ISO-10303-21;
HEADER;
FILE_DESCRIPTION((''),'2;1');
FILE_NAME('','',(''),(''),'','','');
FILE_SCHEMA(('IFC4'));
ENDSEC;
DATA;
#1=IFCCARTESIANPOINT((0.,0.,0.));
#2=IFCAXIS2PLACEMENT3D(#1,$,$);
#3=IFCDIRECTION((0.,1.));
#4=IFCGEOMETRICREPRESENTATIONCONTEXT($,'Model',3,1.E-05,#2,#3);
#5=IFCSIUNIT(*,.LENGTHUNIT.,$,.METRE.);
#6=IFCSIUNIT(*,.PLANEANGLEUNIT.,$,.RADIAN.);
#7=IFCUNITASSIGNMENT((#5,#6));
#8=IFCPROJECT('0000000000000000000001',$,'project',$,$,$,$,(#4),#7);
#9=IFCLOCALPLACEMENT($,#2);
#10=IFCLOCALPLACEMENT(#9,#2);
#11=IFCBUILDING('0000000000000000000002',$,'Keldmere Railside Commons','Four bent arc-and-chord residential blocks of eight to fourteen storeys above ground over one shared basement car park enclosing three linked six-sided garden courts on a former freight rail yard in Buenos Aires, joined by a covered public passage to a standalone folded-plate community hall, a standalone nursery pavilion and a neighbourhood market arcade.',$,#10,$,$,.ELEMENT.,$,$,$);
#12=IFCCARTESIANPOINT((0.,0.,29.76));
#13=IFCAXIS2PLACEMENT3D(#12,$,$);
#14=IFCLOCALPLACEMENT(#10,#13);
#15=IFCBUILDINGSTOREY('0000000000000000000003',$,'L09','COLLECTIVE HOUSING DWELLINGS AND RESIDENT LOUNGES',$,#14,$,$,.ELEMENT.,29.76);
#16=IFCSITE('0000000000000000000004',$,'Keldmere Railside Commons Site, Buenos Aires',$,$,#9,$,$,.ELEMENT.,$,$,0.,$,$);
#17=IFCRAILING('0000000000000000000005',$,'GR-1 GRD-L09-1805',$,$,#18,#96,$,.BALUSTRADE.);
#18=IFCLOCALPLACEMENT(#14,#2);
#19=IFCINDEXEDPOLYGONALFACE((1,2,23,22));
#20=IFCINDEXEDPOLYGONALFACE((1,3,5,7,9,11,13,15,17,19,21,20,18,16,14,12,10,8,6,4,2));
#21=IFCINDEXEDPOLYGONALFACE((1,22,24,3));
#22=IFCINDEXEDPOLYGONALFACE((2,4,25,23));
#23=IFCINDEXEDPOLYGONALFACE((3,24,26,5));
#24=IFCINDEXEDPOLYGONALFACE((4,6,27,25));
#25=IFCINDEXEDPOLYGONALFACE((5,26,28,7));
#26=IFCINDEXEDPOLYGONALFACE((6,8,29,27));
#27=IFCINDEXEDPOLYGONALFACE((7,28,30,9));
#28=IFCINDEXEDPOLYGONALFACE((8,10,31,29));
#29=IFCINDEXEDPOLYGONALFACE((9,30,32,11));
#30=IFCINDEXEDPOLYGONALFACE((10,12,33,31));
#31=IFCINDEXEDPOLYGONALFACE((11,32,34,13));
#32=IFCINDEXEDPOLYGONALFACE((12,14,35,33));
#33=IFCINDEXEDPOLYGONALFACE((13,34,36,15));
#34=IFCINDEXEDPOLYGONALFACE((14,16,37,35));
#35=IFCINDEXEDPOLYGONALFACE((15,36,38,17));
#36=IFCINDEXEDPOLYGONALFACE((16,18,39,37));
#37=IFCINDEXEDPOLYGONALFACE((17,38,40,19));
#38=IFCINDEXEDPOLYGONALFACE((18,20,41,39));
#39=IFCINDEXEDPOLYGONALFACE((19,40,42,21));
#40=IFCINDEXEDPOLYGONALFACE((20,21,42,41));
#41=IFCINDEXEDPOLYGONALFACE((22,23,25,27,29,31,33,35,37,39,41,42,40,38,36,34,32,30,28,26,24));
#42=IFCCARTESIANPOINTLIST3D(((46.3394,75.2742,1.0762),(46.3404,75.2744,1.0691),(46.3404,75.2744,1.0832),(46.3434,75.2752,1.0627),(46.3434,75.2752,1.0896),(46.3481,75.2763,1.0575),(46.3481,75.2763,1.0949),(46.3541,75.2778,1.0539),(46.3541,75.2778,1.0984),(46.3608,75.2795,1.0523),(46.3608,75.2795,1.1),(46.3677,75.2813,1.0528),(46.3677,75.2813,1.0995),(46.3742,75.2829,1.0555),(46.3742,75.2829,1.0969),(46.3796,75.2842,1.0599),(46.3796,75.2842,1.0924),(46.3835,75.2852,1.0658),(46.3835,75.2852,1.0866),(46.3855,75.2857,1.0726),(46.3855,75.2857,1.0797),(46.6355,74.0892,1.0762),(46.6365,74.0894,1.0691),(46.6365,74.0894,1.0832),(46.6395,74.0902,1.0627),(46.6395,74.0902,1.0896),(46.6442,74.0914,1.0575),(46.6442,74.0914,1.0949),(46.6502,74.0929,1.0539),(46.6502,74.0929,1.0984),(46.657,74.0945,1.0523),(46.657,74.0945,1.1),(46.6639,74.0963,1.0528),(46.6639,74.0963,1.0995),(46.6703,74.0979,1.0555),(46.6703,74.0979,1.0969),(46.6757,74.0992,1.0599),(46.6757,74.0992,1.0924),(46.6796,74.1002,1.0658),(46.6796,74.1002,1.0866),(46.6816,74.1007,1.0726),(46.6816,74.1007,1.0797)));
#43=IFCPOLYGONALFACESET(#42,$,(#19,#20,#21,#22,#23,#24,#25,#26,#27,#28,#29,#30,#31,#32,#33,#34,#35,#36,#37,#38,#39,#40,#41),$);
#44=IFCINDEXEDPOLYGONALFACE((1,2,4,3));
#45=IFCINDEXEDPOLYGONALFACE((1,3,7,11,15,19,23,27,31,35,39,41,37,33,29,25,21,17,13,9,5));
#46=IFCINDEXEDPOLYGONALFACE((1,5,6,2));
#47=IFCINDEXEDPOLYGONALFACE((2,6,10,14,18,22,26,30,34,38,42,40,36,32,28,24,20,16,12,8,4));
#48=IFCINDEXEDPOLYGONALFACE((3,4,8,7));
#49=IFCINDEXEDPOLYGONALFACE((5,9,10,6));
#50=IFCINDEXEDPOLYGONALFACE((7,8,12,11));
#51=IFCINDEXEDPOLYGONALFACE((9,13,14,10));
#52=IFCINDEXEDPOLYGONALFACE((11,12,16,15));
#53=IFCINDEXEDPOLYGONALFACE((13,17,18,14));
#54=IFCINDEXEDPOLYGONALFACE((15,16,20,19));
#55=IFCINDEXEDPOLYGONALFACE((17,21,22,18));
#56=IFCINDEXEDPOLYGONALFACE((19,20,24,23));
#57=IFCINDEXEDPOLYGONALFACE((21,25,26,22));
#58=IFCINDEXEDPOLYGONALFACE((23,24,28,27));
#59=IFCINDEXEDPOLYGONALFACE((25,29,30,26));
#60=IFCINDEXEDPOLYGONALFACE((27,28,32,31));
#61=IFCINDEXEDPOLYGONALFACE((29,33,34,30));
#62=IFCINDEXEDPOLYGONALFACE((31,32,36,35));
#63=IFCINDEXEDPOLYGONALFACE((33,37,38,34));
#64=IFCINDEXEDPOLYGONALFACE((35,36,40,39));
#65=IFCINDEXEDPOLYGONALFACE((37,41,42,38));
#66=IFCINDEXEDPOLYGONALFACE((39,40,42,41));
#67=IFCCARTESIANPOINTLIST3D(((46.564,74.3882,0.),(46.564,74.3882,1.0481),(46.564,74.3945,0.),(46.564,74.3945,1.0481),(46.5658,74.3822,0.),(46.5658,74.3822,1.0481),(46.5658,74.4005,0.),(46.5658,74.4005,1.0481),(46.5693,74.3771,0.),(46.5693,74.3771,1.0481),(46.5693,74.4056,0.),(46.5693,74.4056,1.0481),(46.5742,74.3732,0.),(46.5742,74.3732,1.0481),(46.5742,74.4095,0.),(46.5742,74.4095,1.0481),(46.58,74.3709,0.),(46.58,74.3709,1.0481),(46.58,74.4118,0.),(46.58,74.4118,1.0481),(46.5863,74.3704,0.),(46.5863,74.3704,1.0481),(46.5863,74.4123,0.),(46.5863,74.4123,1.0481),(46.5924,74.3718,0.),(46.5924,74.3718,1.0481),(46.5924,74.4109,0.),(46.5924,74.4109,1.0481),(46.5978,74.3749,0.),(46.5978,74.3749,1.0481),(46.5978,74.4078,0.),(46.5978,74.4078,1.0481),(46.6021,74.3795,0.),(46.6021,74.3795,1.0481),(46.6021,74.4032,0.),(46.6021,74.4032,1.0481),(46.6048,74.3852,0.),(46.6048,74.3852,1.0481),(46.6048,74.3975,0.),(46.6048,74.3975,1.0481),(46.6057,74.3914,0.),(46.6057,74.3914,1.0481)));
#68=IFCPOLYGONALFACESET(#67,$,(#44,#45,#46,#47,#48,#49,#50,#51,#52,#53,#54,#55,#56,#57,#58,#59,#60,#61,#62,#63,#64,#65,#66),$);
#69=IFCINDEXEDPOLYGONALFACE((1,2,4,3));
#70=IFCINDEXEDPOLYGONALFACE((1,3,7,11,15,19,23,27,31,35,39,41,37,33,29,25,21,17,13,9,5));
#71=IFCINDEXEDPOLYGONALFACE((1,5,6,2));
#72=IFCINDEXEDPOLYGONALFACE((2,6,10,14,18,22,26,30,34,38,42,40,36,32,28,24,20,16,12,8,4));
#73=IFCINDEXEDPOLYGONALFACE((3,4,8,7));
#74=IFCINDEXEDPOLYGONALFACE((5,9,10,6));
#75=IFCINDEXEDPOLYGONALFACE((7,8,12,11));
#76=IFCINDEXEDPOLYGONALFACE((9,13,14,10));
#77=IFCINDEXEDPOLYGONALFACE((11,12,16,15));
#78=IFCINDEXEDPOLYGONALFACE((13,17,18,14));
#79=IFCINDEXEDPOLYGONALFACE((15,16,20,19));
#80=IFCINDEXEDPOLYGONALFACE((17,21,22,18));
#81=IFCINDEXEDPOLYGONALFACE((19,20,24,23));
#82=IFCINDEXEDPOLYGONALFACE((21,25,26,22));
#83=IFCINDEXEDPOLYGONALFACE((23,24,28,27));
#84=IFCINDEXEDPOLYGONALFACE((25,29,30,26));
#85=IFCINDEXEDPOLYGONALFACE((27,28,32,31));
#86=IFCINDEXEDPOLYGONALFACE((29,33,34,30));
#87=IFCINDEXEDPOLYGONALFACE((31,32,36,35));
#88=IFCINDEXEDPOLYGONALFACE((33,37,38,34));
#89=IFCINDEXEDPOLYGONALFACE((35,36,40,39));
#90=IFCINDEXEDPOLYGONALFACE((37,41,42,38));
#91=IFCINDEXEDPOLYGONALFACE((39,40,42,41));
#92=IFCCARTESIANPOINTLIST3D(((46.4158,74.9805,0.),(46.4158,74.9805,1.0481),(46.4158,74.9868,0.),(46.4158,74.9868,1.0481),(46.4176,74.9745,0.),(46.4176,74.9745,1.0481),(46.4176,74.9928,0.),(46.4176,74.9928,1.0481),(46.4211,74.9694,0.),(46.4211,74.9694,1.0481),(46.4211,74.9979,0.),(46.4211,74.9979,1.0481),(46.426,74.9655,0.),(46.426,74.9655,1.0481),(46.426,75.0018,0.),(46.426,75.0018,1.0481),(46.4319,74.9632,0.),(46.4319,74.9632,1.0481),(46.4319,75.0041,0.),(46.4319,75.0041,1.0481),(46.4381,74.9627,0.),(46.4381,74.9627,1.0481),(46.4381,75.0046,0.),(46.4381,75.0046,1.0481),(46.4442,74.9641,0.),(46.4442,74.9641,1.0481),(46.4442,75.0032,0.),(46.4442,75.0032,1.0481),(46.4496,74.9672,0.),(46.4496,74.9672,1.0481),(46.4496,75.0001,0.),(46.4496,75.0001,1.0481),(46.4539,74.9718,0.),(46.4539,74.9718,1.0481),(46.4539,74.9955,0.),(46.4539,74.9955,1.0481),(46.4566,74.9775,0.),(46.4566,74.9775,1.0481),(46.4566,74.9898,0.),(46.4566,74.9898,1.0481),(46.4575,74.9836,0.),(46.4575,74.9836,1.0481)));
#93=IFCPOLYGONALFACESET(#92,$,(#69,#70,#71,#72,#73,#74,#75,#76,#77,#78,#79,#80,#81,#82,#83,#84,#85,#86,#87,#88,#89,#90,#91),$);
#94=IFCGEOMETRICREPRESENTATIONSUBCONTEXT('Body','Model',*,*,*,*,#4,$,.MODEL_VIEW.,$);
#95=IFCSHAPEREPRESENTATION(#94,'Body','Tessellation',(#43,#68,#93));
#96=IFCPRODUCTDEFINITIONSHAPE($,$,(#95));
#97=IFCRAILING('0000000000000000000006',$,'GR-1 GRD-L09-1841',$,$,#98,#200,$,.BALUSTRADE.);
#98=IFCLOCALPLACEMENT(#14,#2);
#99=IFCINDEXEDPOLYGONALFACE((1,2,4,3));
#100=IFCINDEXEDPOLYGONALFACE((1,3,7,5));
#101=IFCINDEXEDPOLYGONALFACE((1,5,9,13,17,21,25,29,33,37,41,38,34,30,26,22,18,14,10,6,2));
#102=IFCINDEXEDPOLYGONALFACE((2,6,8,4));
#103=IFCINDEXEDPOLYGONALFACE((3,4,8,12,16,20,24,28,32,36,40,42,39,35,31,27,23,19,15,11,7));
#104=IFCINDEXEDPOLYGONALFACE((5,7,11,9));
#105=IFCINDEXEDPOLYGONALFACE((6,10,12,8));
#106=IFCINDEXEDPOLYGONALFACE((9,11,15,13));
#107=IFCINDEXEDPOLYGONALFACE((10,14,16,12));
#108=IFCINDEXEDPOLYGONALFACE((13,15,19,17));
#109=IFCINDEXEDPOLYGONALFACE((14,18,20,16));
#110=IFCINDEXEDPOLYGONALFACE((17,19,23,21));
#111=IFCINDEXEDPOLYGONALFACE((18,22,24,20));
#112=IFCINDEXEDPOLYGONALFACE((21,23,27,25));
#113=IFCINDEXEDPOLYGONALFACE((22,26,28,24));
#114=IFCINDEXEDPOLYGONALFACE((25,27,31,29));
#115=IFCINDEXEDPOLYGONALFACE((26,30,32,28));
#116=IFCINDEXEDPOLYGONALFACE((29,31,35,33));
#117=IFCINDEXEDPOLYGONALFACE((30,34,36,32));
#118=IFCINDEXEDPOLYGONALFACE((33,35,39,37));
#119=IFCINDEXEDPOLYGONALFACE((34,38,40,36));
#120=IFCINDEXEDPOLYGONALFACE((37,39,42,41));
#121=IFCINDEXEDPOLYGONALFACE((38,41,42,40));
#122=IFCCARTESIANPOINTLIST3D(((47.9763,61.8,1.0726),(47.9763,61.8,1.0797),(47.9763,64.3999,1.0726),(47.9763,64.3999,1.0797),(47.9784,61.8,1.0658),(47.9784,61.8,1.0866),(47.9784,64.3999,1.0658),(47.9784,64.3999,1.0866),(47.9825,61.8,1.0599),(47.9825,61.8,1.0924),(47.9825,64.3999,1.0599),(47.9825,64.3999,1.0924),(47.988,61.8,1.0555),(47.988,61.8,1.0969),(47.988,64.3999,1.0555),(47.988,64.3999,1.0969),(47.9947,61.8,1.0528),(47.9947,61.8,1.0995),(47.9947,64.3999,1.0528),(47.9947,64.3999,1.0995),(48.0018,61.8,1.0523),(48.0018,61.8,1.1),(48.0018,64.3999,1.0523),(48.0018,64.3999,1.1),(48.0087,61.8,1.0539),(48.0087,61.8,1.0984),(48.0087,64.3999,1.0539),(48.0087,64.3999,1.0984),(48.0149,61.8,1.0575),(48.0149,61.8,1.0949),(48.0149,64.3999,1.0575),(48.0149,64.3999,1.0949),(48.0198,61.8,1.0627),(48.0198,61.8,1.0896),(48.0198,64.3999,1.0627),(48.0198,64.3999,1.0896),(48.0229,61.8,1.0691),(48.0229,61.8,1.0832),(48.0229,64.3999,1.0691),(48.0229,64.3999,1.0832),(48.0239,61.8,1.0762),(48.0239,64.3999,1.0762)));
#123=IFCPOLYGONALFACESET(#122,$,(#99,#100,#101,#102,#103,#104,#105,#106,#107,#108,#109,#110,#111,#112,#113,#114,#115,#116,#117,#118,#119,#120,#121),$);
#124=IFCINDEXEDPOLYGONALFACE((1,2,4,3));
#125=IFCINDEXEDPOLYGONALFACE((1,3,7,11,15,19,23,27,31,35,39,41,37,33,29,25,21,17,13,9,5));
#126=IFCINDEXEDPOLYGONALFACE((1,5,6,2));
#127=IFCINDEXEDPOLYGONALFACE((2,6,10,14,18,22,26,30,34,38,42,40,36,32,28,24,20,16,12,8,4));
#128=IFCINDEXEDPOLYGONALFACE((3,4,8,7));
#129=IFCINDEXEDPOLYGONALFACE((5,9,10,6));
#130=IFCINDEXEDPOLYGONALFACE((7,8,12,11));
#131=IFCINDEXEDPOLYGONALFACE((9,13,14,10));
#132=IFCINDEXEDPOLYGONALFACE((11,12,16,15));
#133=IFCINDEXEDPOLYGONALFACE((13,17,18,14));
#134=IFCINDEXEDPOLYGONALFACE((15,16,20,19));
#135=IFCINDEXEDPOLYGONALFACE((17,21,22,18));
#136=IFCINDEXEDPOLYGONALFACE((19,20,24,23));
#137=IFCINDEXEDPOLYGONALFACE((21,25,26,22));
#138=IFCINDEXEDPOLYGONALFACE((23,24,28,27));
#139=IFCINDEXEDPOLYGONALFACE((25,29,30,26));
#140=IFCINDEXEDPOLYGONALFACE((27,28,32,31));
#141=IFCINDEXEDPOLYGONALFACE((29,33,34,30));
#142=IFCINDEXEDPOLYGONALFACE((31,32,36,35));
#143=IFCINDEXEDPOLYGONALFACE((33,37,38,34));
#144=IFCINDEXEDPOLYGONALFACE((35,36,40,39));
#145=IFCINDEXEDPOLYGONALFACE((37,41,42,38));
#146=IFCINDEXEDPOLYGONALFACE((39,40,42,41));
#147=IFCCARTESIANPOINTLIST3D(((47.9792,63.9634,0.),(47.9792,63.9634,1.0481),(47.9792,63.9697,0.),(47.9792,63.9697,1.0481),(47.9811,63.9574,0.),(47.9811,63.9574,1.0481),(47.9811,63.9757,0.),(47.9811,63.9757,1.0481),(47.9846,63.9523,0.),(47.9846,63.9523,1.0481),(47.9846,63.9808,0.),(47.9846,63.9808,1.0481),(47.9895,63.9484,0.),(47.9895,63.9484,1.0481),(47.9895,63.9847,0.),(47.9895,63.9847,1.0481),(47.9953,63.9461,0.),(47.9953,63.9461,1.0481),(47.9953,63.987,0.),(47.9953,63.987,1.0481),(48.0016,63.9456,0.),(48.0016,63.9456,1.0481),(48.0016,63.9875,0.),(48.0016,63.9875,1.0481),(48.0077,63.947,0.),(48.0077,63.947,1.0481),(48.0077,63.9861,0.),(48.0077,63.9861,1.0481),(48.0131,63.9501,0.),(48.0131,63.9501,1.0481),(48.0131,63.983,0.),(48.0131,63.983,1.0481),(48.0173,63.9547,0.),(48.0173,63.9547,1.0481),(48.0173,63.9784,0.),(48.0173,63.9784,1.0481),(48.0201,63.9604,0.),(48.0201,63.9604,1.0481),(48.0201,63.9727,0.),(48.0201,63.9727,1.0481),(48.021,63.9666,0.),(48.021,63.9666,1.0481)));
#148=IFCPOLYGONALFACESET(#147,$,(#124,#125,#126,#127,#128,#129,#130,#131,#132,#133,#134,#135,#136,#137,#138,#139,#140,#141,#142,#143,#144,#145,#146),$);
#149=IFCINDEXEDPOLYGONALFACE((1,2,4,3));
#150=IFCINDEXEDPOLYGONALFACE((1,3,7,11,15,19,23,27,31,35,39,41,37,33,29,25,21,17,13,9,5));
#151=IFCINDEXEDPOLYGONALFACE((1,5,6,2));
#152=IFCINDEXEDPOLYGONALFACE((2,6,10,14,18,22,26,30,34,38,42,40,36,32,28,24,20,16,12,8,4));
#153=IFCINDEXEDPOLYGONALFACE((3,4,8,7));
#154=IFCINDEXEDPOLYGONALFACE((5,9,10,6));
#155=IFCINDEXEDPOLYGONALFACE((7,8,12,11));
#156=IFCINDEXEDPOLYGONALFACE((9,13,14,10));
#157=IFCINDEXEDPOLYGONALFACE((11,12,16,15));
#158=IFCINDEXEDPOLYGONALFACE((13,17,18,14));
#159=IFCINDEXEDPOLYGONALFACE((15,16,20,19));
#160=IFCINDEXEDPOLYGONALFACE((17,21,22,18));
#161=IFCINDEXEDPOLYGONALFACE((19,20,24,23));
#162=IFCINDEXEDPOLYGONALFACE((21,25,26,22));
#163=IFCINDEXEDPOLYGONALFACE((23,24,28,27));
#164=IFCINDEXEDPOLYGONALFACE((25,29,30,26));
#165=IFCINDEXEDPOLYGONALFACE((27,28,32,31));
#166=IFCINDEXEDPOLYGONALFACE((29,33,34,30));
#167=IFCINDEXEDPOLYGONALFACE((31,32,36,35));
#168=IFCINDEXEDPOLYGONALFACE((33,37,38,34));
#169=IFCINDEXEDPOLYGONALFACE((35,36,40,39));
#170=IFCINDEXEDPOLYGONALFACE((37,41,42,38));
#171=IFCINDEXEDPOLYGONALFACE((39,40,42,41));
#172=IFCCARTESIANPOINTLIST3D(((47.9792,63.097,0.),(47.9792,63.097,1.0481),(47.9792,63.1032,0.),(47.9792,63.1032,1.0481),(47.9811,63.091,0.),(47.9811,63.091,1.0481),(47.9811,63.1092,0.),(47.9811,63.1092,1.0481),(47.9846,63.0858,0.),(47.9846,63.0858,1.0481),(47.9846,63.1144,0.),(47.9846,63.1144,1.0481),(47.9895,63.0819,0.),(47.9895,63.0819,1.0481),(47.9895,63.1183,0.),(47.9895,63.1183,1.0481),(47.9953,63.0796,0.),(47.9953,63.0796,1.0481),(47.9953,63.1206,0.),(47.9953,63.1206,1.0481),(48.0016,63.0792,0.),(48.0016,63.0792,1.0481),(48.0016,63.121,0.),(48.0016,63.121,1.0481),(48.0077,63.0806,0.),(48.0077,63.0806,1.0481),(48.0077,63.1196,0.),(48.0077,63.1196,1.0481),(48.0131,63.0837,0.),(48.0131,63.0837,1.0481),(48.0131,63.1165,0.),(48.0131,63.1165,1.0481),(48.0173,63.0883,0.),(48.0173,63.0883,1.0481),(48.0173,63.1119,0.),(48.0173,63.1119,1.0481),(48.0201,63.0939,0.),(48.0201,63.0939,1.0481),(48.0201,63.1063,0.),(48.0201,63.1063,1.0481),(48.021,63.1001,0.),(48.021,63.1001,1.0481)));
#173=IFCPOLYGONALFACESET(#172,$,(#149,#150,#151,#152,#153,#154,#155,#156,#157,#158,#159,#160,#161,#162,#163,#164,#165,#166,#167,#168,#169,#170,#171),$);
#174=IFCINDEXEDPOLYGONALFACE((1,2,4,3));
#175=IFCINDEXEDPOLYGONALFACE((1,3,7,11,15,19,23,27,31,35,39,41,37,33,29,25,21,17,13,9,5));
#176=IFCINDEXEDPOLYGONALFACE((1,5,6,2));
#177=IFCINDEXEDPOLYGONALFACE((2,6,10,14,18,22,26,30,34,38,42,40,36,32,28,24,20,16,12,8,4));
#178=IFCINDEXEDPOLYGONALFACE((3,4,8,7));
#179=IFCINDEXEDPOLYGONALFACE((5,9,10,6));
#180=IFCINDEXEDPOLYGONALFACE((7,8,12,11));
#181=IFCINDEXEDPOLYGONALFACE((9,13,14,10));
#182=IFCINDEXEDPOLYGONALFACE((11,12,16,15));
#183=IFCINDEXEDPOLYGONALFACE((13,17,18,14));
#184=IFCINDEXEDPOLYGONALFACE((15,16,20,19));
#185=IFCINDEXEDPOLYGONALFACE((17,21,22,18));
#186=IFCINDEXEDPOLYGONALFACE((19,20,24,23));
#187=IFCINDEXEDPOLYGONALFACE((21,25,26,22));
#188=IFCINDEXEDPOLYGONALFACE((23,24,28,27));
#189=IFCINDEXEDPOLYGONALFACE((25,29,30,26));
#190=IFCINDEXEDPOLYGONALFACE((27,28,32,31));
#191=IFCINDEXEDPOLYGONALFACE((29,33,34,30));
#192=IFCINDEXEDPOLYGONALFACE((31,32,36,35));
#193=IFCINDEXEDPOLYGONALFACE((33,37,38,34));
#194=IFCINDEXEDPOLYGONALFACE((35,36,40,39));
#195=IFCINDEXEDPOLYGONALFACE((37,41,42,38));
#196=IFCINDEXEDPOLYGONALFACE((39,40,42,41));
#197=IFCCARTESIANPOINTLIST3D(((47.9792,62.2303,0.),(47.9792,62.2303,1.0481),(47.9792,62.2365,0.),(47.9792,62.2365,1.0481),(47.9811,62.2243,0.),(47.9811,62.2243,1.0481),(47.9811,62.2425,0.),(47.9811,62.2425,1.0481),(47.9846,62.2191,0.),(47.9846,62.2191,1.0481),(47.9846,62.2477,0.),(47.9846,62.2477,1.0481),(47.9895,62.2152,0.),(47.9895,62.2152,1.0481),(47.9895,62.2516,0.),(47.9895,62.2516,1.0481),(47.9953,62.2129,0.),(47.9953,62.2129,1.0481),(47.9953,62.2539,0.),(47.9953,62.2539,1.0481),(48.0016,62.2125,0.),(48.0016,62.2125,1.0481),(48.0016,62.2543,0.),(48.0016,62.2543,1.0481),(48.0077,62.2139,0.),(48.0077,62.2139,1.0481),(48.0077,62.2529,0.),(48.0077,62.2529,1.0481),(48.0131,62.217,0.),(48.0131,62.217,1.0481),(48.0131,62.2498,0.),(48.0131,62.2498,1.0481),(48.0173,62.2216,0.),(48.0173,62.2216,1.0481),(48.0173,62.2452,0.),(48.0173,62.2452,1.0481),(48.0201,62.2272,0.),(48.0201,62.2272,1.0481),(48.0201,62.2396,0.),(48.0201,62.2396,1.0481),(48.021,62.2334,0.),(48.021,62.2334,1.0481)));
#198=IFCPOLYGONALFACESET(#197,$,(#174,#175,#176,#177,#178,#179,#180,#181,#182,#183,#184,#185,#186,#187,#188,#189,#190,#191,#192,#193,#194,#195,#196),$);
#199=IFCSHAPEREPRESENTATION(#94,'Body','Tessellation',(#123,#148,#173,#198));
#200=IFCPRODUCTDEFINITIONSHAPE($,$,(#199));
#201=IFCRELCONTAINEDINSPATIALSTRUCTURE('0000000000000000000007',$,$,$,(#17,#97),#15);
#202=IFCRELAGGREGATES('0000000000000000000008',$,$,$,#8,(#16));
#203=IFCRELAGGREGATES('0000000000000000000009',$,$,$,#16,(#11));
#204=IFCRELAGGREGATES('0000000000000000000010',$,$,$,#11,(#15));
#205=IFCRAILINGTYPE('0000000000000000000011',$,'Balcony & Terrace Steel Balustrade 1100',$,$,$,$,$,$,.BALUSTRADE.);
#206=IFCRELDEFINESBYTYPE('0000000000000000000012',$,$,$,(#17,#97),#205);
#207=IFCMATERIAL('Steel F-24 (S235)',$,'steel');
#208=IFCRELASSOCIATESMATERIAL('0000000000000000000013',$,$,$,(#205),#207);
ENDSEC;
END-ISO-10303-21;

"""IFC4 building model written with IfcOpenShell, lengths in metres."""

from ifc_helpers import new_model, si_unit, direction, frame, origin, origin_2d, place, context, subcontext, project, spatial, circle, extrude, material, type_object, element, save


model = new_model("IFC4")

# Units and contexts
model_context = context("Model", 3, precision=1e-05, world=origin(), true_north=direction((0.0, 1.0)))
body_context = subcontext(model_context, "Body", "Model", "MODEL_VIEW")
ifc_project = project(units=[si_unit("LENGTHUNIT", "METRE"), si_unit("PLANEANGLEUNIT", "RADIAN")], contexts=[model_context])

# Site, building, storey
site_placement = place(None, origin())
site = spatial("IfcSite", under=ifc_project, at=site_placement, Name="Keldmere Railside Commons Site, Buenos Aires", CompositionType="ELEMENT", RefElevation=0.0)
building_placement = place(site_placement, origin())
building = spatial("IfcBuilding", under=site, at=building_placement, Name="Keldmere Railside Commons", Description="Four bent arc-and-chord residential blocks of eight to fourteen storeys above ground over one shared basement car park enclosing three linked six-sided garden courts on a former freight rail yard in Buenos Aires, joined by a covered public passage to a standalone folded-plate community hall, a standalone nursery pavilion and a neighbourhood market arcade.", CompositionType="ELEMENT")
storey_placement = place(building_placement, frame((0.0, 0.0, 29.76)))
storey = spatial("IfcBuildingStorey", under=building, at=storey_placement, Name="L09", Description="COLLECTIVE HOUSING DWELLINGS AND RESIDENT LOUNGES", CompositionType="ELEMENT", Elevation=29.76)

# Railings
ifc_material_1 = material(Name="Steel F-24 (S235)", Category="steel")
railing_type_1 = type_object("IfcRailingType", Name="Balcony & Terrace Steel Balustrade 1100", PredefinedType="BALUSTRADE", material=ifc_material_1)
railing_1_placement = place(storey_placement, frame((46.6587, 74.095, 0.0)))
element("IfcRailing", 1, at=railing_1_placement, inside=storey, type_object=railing_type_1, Name="GR-1 GRD-L09-1805", PredefinedType="BALUSTRADE", context=body_context, shape_type="SweptSolid", body=[
    extrude(circle(Radius=0.0239, at=origin_2d()), frame((0.0, 0.0, 1.0762), z_axis=(-0.242442, 0.970166, 0.0), x_axis=(-0.970166, -0.242442, 0.0)), (0.0, 0.0, 1.0), 1.2214),
    extrude(circle(Radius=0.021, at=origin_2d()), frame((-0.074, 0.2964, 0.0)), (0.0, 0.0, 1.0), 1.0481),
    extrude(circle(Radius=0.021, at=origin_2d()), frame((-0.2222, 0.8887, 0.0)), (0.0, 0.0, 1.0), 1.0481),
])
railing_2_placement = place(storey_placement, frame((48.0, 64.3999, 0.0)))
element("IfcRailing", 2, at=railing_2_placement, inside=storey, type_object=railing_type_1, Name="GR-1 GRD-L09-1841", PredefinedType="BALUSTRADE", context=body_context, shape_type="SweptSolid", body=[
    extrude(circle(Radius=0.0239, at=origin_2d()), frame((0.0, 0.0, 1.0762), z_axis=(0.0, -1.0, 0.0), x_axis=(1.0, 0.0, 0.0)), (0.0, 0.0, 1.0), 2.5999),
    extrude(circle(Radius=0.021, at=origin_2d()), frame((0.0, -0.4333, 0.0)), (0.0, 0.0, 1.0), 1.0481),
    extrude(circle(Radius=0.021, at=origin_2d()), frame((0.0, -1.2998, 0.0)), (0.0, 0.0, 1.0), 1.0481),
    extrude(circle(Radius=0.021, at=origin_2d()), frame((0.0, -2.1665, 0.0)), (0.0, 0.0, 1.0), 1.0481),
])

save(model, "model.ifc")
